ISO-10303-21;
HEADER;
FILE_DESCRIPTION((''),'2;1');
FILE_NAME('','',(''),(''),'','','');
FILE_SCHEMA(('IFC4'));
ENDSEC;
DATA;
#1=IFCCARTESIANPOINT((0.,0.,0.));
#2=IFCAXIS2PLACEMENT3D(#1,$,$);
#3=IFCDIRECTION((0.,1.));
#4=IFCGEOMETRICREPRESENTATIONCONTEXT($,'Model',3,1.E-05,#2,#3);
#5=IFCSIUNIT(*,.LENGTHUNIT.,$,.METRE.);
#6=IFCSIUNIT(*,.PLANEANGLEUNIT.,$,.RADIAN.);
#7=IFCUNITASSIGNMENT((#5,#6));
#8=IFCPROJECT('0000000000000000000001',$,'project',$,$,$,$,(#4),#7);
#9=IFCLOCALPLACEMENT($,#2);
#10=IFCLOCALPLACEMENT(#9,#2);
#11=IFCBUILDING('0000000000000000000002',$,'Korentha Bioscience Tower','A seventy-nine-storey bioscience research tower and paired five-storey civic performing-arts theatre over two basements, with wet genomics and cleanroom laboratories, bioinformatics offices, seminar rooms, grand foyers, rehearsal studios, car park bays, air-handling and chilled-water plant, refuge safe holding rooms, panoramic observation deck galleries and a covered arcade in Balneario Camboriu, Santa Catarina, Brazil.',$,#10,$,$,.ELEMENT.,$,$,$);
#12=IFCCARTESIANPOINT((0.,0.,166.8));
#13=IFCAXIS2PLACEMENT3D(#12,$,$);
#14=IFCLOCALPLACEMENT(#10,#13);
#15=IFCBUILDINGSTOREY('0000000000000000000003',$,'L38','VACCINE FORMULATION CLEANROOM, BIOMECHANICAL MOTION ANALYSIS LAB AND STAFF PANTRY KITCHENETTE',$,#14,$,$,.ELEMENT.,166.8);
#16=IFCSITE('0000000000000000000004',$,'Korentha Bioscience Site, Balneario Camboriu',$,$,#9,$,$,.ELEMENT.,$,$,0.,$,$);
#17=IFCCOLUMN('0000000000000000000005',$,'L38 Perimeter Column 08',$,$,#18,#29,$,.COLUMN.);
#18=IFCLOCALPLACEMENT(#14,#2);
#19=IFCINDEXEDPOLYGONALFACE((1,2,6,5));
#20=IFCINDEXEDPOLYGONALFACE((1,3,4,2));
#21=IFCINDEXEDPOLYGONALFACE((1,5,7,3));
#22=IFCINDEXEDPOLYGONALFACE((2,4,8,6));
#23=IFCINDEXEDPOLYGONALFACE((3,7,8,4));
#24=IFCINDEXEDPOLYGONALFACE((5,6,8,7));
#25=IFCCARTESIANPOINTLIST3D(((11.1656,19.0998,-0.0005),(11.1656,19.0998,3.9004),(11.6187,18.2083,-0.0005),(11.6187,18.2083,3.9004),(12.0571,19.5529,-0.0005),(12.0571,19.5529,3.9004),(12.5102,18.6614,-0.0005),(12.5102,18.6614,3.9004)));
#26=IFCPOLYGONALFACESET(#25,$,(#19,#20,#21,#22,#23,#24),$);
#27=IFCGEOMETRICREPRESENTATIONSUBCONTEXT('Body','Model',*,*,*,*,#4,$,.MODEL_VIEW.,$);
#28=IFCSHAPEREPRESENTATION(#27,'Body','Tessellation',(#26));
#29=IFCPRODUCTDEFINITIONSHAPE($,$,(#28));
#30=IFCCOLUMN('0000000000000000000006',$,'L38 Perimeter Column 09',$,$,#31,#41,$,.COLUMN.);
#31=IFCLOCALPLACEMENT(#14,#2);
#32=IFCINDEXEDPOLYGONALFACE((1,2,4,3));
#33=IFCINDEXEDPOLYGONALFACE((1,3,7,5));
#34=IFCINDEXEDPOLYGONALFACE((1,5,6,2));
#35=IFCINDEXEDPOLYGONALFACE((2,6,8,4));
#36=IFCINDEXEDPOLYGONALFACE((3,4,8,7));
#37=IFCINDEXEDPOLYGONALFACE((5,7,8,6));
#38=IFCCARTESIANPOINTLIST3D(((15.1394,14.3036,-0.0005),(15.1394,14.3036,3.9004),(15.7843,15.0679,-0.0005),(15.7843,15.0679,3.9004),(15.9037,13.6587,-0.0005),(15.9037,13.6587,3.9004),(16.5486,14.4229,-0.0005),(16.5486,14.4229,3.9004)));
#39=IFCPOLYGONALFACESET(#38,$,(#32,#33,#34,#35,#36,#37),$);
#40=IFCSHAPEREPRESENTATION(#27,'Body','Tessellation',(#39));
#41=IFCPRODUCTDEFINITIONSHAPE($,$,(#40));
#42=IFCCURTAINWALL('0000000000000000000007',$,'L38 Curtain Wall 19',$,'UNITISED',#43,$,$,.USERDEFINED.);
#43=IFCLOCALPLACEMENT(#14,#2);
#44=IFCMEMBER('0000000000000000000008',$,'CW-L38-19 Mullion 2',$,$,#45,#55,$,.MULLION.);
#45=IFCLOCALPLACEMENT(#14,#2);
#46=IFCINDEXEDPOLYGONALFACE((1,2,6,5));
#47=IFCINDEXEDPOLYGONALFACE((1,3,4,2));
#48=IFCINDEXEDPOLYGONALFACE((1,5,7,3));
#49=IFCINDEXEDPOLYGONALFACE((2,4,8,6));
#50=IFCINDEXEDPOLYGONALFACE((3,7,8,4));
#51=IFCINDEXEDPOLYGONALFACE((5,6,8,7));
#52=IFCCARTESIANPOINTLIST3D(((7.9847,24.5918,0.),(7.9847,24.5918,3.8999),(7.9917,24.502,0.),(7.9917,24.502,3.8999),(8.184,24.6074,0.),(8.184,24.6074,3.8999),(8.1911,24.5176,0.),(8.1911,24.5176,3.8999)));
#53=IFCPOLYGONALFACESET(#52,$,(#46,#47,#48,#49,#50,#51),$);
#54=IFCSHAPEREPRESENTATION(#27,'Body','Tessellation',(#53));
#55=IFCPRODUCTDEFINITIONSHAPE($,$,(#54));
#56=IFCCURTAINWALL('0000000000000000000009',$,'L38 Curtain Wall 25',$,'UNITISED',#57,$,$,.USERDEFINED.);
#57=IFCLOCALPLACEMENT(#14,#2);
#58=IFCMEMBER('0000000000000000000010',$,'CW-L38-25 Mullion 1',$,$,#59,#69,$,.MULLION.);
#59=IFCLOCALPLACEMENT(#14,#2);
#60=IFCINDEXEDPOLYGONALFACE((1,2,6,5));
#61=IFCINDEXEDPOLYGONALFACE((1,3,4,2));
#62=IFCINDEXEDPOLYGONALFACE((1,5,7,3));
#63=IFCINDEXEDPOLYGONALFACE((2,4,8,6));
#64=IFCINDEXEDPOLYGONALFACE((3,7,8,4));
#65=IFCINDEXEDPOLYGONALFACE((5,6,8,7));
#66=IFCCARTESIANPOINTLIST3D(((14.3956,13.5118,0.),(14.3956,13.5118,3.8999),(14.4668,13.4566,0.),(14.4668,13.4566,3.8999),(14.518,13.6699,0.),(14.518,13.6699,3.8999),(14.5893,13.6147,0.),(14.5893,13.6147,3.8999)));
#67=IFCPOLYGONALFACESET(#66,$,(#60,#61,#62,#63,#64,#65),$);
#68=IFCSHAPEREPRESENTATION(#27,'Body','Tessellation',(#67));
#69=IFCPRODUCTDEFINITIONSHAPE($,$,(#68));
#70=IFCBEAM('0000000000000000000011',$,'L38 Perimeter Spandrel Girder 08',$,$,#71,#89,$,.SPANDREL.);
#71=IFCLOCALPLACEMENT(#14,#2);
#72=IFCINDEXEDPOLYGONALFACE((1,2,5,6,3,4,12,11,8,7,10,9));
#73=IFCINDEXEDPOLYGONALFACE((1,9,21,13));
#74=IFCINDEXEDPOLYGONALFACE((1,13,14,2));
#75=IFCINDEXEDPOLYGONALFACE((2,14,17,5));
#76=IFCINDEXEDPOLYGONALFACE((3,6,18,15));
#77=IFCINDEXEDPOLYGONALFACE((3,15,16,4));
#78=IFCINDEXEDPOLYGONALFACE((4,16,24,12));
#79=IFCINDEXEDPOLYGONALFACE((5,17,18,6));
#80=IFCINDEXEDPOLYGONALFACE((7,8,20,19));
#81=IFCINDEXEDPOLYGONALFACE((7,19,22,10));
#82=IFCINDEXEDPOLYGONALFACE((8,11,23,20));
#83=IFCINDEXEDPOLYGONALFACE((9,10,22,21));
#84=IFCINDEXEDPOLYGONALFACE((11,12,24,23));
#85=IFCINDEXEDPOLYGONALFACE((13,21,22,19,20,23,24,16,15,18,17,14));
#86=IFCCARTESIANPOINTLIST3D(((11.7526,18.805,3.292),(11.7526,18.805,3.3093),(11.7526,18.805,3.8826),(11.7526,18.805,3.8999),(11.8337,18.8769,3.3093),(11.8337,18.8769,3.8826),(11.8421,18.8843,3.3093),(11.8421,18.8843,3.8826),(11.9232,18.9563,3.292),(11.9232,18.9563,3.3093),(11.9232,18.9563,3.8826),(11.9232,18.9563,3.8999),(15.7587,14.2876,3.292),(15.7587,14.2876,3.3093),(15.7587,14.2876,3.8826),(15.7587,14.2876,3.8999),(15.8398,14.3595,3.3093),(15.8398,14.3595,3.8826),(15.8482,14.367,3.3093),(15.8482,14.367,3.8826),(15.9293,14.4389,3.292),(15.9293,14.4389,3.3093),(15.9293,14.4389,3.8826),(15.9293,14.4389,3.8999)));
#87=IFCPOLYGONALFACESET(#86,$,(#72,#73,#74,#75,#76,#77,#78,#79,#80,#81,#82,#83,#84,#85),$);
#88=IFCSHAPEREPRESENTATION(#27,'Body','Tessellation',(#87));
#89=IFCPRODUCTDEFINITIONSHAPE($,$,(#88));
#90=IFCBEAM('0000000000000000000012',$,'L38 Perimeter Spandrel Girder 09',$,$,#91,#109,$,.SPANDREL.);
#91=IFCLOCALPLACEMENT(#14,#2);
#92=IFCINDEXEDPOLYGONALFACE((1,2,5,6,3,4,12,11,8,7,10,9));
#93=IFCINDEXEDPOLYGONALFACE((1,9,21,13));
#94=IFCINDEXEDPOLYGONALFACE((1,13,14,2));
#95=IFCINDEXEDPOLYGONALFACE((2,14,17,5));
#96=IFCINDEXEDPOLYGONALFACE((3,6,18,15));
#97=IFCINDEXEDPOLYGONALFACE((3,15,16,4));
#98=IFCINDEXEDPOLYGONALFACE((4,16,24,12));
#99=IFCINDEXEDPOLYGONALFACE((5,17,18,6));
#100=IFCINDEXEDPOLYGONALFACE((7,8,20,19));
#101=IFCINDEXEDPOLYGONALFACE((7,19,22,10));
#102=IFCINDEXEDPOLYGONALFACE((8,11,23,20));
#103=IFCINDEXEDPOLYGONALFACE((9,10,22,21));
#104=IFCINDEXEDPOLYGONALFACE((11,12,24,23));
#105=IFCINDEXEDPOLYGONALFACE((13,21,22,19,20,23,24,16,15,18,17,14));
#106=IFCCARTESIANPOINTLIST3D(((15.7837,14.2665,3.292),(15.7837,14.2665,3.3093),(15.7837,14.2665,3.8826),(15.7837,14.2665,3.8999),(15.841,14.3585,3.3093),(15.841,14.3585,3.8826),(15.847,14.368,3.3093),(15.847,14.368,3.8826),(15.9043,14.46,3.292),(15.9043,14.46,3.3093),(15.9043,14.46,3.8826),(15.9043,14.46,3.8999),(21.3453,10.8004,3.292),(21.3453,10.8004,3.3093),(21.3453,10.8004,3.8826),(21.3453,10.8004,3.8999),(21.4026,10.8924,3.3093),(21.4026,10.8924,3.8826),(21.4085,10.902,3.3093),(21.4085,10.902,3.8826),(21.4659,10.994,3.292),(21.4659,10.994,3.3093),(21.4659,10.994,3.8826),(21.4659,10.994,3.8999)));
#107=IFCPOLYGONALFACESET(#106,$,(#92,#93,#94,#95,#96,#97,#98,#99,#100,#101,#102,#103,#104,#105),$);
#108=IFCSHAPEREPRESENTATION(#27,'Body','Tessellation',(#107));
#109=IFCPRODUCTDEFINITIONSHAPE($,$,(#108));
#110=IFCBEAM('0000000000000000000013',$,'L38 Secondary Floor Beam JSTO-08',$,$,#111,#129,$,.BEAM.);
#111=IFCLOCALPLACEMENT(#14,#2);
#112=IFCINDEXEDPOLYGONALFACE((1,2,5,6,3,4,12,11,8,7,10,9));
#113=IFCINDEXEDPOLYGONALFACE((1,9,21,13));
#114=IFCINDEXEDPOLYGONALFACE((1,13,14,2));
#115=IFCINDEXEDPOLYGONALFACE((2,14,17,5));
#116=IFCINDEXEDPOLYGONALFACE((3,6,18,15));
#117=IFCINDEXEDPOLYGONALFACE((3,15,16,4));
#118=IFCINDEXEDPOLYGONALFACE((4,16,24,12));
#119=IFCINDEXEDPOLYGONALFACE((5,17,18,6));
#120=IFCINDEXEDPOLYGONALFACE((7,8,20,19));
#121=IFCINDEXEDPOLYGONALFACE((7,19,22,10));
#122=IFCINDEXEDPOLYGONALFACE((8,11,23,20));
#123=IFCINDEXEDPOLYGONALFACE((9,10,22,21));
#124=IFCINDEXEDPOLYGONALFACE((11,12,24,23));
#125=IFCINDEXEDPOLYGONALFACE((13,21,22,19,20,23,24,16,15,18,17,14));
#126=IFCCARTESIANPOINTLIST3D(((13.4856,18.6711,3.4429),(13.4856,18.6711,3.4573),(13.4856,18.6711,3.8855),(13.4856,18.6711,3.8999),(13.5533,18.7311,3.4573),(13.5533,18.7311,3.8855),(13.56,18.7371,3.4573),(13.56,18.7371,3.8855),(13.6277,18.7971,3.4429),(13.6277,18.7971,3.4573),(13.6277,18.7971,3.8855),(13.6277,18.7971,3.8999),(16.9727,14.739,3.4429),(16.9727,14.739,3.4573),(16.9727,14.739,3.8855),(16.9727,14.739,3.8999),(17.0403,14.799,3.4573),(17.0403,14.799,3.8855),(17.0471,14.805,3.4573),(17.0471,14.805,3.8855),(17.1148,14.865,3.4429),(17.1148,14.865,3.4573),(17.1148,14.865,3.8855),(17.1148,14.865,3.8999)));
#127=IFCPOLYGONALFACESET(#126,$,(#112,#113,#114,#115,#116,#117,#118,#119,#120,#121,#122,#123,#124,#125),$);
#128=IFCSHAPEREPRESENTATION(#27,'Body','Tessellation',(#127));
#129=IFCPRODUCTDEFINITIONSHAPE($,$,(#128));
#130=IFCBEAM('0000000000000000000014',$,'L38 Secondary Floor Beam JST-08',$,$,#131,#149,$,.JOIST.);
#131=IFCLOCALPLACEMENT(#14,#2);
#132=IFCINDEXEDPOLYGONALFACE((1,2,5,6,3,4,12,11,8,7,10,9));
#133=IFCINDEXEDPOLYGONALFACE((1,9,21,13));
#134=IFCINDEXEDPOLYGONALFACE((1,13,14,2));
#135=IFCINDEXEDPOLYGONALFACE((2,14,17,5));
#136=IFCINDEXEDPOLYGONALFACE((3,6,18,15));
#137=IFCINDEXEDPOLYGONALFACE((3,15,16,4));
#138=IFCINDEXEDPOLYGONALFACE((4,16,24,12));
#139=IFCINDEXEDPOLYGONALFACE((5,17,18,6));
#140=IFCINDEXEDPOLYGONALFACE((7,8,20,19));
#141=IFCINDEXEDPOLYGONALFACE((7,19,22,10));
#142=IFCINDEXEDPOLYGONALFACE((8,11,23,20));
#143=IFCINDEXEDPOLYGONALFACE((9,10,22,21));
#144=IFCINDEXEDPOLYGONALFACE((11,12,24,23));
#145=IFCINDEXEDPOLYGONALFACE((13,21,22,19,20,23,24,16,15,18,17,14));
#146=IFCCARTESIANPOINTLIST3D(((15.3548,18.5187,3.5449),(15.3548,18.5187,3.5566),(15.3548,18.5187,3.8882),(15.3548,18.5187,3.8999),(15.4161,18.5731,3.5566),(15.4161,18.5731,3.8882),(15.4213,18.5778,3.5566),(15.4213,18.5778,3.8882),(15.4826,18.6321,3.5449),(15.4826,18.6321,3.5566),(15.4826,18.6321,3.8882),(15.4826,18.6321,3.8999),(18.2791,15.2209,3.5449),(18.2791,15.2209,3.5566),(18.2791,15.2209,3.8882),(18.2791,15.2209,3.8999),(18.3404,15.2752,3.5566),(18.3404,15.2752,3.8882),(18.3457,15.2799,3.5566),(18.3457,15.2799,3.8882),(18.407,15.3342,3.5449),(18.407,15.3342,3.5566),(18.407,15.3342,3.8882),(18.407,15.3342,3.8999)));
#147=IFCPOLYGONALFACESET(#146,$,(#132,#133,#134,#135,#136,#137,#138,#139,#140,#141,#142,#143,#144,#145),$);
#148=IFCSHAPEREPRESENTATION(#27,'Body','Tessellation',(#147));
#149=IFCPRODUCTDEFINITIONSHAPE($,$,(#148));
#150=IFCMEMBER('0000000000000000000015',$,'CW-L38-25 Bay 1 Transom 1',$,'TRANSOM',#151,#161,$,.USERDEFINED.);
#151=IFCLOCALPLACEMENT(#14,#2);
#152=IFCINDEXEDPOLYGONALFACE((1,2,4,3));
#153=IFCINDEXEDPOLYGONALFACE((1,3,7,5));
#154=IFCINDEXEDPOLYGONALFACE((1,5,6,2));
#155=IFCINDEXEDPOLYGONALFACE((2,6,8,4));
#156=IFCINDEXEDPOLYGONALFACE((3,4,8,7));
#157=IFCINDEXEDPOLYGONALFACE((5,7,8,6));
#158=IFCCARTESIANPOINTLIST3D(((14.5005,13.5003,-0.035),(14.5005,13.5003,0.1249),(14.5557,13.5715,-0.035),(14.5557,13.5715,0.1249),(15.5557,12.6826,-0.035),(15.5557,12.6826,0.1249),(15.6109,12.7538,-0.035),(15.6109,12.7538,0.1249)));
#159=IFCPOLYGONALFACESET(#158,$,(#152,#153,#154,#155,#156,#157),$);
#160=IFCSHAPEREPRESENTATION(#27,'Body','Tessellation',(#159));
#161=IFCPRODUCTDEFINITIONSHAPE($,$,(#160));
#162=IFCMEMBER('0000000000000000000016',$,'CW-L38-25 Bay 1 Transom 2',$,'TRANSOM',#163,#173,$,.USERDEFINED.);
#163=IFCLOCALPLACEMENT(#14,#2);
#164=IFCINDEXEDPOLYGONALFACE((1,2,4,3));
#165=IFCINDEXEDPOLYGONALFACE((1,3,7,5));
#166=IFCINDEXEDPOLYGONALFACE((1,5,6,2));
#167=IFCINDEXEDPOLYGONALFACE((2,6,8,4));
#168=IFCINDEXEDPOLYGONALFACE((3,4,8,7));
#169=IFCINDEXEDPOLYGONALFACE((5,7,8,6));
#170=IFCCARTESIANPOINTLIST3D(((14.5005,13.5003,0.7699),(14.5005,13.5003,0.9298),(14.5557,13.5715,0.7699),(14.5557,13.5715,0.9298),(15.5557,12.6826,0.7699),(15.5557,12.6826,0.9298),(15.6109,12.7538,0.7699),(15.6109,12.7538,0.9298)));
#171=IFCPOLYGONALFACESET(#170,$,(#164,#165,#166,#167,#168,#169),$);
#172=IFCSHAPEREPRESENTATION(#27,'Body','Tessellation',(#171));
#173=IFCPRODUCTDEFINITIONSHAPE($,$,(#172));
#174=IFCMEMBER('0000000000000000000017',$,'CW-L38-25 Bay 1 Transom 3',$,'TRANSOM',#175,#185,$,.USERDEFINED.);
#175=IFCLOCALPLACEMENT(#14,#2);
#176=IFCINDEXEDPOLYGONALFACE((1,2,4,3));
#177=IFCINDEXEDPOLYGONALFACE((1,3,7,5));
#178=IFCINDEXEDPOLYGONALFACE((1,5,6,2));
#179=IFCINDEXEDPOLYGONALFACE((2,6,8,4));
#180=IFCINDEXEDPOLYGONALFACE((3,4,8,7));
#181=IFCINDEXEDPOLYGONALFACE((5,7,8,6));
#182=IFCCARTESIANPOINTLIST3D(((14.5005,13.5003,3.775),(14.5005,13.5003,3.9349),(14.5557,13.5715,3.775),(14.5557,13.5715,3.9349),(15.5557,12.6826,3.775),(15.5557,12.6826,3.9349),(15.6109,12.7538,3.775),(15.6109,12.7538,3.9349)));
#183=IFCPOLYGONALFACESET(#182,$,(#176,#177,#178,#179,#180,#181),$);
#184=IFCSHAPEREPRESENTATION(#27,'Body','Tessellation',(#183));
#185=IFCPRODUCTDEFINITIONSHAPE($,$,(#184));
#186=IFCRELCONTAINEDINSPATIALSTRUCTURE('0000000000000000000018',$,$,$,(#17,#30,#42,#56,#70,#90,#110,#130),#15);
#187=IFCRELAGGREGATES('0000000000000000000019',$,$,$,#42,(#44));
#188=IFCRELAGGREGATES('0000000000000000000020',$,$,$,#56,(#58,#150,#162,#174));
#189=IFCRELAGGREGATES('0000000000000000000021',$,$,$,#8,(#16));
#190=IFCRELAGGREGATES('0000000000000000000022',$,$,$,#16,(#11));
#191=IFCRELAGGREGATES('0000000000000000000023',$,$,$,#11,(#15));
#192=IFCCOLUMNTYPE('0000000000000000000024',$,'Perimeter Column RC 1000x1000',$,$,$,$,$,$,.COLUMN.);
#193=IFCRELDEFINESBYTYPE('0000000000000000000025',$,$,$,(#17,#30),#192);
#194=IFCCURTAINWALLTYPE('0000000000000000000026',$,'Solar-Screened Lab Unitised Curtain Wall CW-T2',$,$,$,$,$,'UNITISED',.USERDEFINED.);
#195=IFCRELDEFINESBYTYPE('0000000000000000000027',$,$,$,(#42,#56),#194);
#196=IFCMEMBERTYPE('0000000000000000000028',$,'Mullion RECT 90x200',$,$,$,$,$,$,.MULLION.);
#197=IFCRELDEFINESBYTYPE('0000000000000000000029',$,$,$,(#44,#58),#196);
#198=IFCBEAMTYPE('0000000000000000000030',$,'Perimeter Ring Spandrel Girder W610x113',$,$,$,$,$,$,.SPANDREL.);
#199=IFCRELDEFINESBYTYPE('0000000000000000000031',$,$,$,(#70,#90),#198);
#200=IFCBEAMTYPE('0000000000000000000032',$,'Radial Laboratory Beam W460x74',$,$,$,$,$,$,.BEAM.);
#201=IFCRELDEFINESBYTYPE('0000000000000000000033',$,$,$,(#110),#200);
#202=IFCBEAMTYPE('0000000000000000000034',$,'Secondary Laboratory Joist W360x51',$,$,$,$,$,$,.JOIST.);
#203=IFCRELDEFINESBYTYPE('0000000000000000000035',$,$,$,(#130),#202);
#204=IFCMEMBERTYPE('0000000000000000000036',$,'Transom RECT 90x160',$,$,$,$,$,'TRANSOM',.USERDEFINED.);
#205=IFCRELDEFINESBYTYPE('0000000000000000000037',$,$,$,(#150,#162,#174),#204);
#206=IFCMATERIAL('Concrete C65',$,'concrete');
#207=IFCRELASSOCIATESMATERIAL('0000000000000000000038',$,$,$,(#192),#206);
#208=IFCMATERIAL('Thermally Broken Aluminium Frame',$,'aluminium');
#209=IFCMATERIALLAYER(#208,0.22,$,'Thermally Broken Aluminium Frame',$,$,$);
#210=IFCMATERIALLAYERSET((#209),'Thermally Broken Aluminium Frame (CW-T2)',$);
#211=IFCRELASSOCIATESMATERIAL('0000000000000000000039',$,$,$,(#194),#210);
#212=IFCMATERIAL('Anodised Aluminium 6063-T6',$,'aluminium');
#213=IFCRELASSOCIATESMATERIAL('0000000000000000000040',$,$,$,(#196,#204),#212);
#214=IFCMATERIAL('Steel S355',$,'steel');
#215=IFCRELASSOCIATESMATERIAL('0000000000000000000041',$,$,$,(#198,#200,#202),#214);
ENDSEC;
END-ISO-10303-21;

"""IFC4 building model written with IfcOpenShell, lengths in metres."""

from ifc_helpers import new_model, si_unit, direction, frame, origin, origin_2d, place, context, subcontext, project, spatial, rectangle, i_section, extrude, material, layer, layer_set, material_profile, profile_set, type_object, element, aggregate, save


model = new_model("IFC4")

# Units and contexts
model_context = context("Model", 3, precision=1e-05, world=origin(), true_north=direction((0.0, 1.0)))
body_context = subcontext(model_context, "Body", "Model", "MODEL_VIEW")
ifc_project = project(units=[si_unit("LENGTHUNIT", "METRE"), si_unit("PLANEANGLEUNIT", "RADIAN")], contexts=[model_context])

# Site, building, storey
site_placement = place(None, origin())
site = spatial("IfcSite", under=ifc_project, at=site_placement, Name="Korentha Bioscience Site, Balneario Camboriu", CompositionType="ELEMENT", RefElevation=0.0)
building_placement = place(site_placement, origin())
building = spatial("IfcBuilding", under=site, at=building_placement, Name="Korentha Bioscience Tower", Description="A seventy-nine-storey bioscience research tower and paired five-storey civic performing-arts theatre over two basements, with wet genomics and cleanroom laboratories, bioinformatics offices, seminar rooms, grand foyers, rehearsal studios, car park bays, air-handling and chilled-water plant, refuge safe holding rooms, panoramic observation deck galleries and a covered arcade in Balneario Camboriu, Santa Catarina, Brazil.", CompositionType="ELEMENT")
storey_placement = place(building_placement, frame((0.0, 0.0, 166.8)))
storey = spatial("IfcBuildingStorey", under=building, at=storey_placement, Name="L38", Description="VACCINE FORMULATION CLEANROOM, BIOMECHANICAL MOTION ANALYSIS LAB AND STAFF PANTRY KITCHENETTE", CompositionType="ELEMENT", Elevation=166.8)

# Columns
ifc_material_1 = material(Name="Concrete C65", Category="concrete")
ifc_material_profile_1 = material_profile(ifc_material_1, rectangle(XDim=1.0, YDim=1.0, at=origin_2d()), Name="Concrete C65")
ifc_profile_set_1 = profile_set([ifc_material_profile_1], Name="Concrete C65 (COL-P10)")
column_type = type_object("IfcColumnType", Name="Perimeter Column RC 1000x1000", PredefinedType="COLUMN", material=ifc_profile_set_1)
for number, where, z_axis, x_axis, name in (
    (1, (11.8379, 18.8806, -0.0005), (0.0, 0.0, 1.0), (-0.453057, 0.891481, 0.0), "L38 Perimeter Column 08"),
    (2, (15.844, 14.3633, -0.0005), (0.0, 0.0, 1.0), (-0.764246, 0.644924, 0.0), "L38 Perimeter Column 09"),
):
    element("IfcColumn", number, at=place(storey_placement, frame(where, z_axis=z_axis, x_axis=x_axis)), inside=storey, type_object=column_type, Name=name, PredefinedType="COLUMN", context=body_context, shape_type="SweptSolid", body=[
        extrude(rectangle(XDim=1.0, YDim=1.0, at=origin_2d()), origin(), (0.0, 0.0, 1.0), 3.9009),
    ])

# Curtain walls, members
ifc_material_2 = material(Name="Thermally Broken Aluminium Frame", Category="aluminium")
ifc_layer_1 = layer(ifc_material_2, 0.22, Name="Thermally Broken Aluminium Frame")
ifc_layer_set_1 = layer_set([ifc_layer_1], Name="Thermally Broken Aluminium Frame (CW-T2)")
curtain_wall_type = type_object("IfcCurtainWallType", Name="Solar-Screened Lab Unitised Curtain Wall CW-T2", ElementType="UNITISED", PredefinedType="USERDEFINED", material=ifc_layer_set_1)
curtain_wall_1_placement = place(storey_placement, origin())
curtain_wall_1 = element("IfcCurtainWall", 3, at=curtain_wall_1_placement, inside=storey, type_object=curtain_wall_type, Name="L38 Curtain Wall 19", ObjectType="UNITISED", PredefinedType="USERDEFINED")
ifc_material_3 = material(Name="Anodised Aluminium 6063-T6", Category="aluminium")
ifc_material_profile_2 = material_profile(ifc_material_3, rectangle(XDim=0.0901, YDim=0.2, at=origin_2d()), Name="Anodised Aluminium 6063-T6")
ifc_profile_set_2 = profile_set([ifc_material_profile_2], Name="Anodised Aluminium 6063-T6 (CW-MUL)")
member_type_1 = type_object("IfcMemberType", Name="Mullion RECT 90x200", PredefinedType="MULLION", material=ifc_profile_set_2)
member_1_placement = place(storey_placement, frame((8.0879, 24.5547, 0.0), z_axis=(0.0, 0.0, 1.0), x_axis=(0.078031, -0.996951, 0.0)))
member_1 = element("IfcMember", 4, at=member_1_placement, type_object=member_type_1, Name="CW-L38-19 Mullion 2", PredefinedType="MULLION", context=body_context, shape_type="SweptSolid", body=[
    extrude(rectangle(XDim=0.0901, YDim=0.2, at=origin_2d()), origin(), (0.0, 0.0, 1.0), 3.8999),
])
aggregate(curtain_wall_1, [member_1])
curtain_wall_2_placement = place(storey_placement, origin())
curtain_wall_2 = element("IfcCurtainWall", 5, at=curtain_wall_2_placement, inside=storey, type_object=curtain_wall_type, Name="L38 Curtain Wall 25", ObjectType="UNITISED", PredefinedType="USERDEFINED")
member_2_placement = place(storey_placement, frame((14.4924, 13.5632, 0.0), z_axis=(0.0, 0.0, 1.0), x_axis=(0.790547, -0.612402, 0.0)))
member_2 = element("IfcMember", 6, at=member_2_placement, type_object=member_type_1, Name="CW-L38-25 Mullion 1", PredefinedType="MULLION", context=body_context, shape_type="SweptSolid", body=[
    extrude(rectangle(XDim=0.0901, YDim=0.2, at=origin_2d()), origin(), (0.0, 0.0, 1.0), 3.8999),
])

# Beams
ifc_material_4 = material(Name="Steel S355", Category="steel")
ifc_material_profile_3 = material_profile(ifc_material_4, i_section(OverallWidth=0.228, OverallDepth=0.6079, WebThickness=0.0112, FlangeThickness=0.0173, at=origin_2d()), Name="Steel S355")
ifc_profile_set_3 = profile_set([ifc_material_profile_3], Name="Steel S355 (SB-610)")
beam_type_1 = type_object("IfcBeamType", Name="Perimeter Ring Spandrel Girder W610x113", PredefinedType="SPANDREL", material=ifc_profile_set_3)
beam_1_placement = place(storey_placement, frame((11.8379, 18.8806, 3.5959), z_axis=(0.663503, -0.748174, 0.0), x_axis=(0.748174, 0.663503, 0.0)))
element("IfcBeam", 7, at=beam_1_placement, inside=storey, type_object=beam_type_1, Name="L38 Perimeter Spandrel Girder 08", PredefinedType="SPANDREL", context=body_context, shape_type="SweptSolid", body=[
    extrude(i_section(OverallWidth=0.228, OverallDepth=0.6079, WebThickness=0.0112, FlangeThickness=0.0173, at=origin_2d()), origin(), (0.0, 0.0, 1.0), 6.0378),
])
beam_2_placement = place(storey_placement, frame((15.844, 14.3633, 3.5959), z_axis=(0.848676, -0.528913, 0.0), x_axis=(0.528913, 0.848676, 0.0)))
element("IfcBeam", 8, at=beam_2_placement, inside=storey, type_object=beam_type_1, Name="L38 Perimeter Spandrel Girder 09", PredefinedType="SPANDREL", context=body_context, shape_type="SweptSolid", body=[
    extrude(i_section(OverallWidth=0.228, OverallDepth=0.6079, WebThickness=0.0112, FlangeThickness=0.0173, at=origin_2d()), origin(), (0.0, 0.0, 1.0), 6.5532),
])
ifc_material_profile_4 = material_profile(ifc_material_4, i_section(OverallWidth=0.1899, OverallDepth=0.457, WebThickness=0.009, FlangeThickness=0.0144, at=origin_2d()), Name="Steel S355")
ifc_profile_set_4 = profile_set([ifc_material_profile_4], Name="Steel S355 (RB-460)")
beam_type_2 = type_object("IfcBeamType", Name="Radial Laboratory Beam W460x74", PredefinedType="BEAM", material=ifc_profile_set_4)
beam_3_placement = place(storey_placement, frame((13.5566, 18.7341, 3.6714), z_axis=(0.663496, -0.74818, 0.0), x_axis=(0.74818, 0.663496, 0.0)))
element("IfcBeam", 9, at=beam_3_placement, inside=storey, type_object=beam_type_2, Name="L38 Secondary Floor Beam JSTO-08", PredefinedType="BEAM", context=body_context, shape_type="SweptSolid", body=[
    extrude(i_section(OverallWidth=0.1899, OverallDepth=0.457, WebThickness=0.009, FlangeThickness=0.0144, at=origin_2d()), origin(), (0.0, 0.0, 1.0), 5.2556),
])
ifc_material_profile_5 = material_profile(ifc_material_4, i_section(OverallWidth=0.1709, OverallDepth=0.355, WebThickness=0.0071, FlangeThickness=0.0117, at=origin_2d()), Name="Steel S355")
ifc_profile_set_5 = profile_set([ifc_material_profile_5], Name="Steel S355 (JB-360)")
beam_type_3 = type_object("IfcBeamType", Name="Secondary Laboratory Joist W360x51", PredefinedType="JOIST", material=ifc_profile_set_5)
beam_4_placement = place(storey_placement, frame((15.4187, 18.5754, 3.7224), z_axis=(0.663463, -0.748209, 0.0), x_axis=(0.748209, 0.663463, 0.0)))
element("IfcBeam", 10, at=beam_4_placement, inside=storey, type_object=beam_type_3, Name="L38 Secondary Floor Beam JST-08", PredefinedType="JOIST", context=body_context, shape_type="SweptSolid", body=[
    extrude(i_section(OverallWidth=0.1709, OverallDepth=0.355, WebThickness=0.0071, FlangeThickness=0.0117, at=origin_2d()), origin(), (0.0, 0.0, 1.0), 4.4077),
])

# Members
ifc_material_profile_6 = material_profile(ifc_material_3, rectangle(XDim=0.0901, YDim=0.1599, at=origin_2d()), Name="Anodised Aluminium 6063-T6")
ifc_profile_set_6 = profile_set([ifc_material_profile_6], Name="Anodised Aluminium 6063-T6 (CW-TRN)")
member_type_2 = type_object("IfcMemberType", Name="Transom RECT 90x160", ElementType="TRANSOM", PredefinedType="USERDEFINED", material=ifc_profile_set_6)
member_3_placement = place(storey_placement, frame((14.5281, 13.5359, 0.0449), z_axis=(0.790464, -0.612509, 0.0), x_axis=(0.612509, 0.790464, 0.0)))
member_3 = element("IfcMember", 11, at=member_3_placement, type_object=member_type_2, Name="CW-L38-25 Bay 1 Transom 1", ObjectType="TRANSOM", PredefinedType="USERDEFINED", context=body_context, shape_type="SweptSolid", body=[
    extrude(rectangle(XDim=0.0901, YDim=0.1599, at=origin_2d()), origin(), (0.0, 0.0, 1.0), 1.335),
])
member_4_placement = place(storey_placement, frame((14.5281, 13.5359, 0.8499), z_axis=(0.790464, -0.612509, 0.0), x_axis=(0.612509, 0.790464, 0.0)))
member_4 = element("IfcMember", 12, at=member_4_placement, type_object=member_type_2, Name="CW-L38-25 Bay 1 Transom 2", ObjectType="TRANSOM", PredefinedType="USERDEFINED", context=body_context, shape_type="SweptSolid", body=[
    extrude(rectangle(XDim=0.0901, YDim=0.1599, at=origin_2d()), origin(), (0.0, 0.0, 1.0), 1.335),
])
member_5_placement = place(storey_placement, frame((14.5281, 13.5359, 3.855), z_axis=(0.790464, -0.612509, 0.0), x_axis=(0.612509, 0.790464, 0.0)))
member_5 = element("IfcMember", 13, at=member_5_placement, type_object=member_type_2, Name="CW-L38-25 Bay 1 Transom 3", ObjectType="TRANSOM", PredefinedType="USERDEFINED", context=body_context, shape_type="SweptSolid", body=[
    extrude(rectangle(XDim=0.0901, YDim=0.1599, at=origin_2d()), origin(), (0.0, 0.0, 1.0), 1.335),
])
aggregate(curtain_wall_2, [member_2, member_3, member_4, member_5])

save(model, "model.ifc")
